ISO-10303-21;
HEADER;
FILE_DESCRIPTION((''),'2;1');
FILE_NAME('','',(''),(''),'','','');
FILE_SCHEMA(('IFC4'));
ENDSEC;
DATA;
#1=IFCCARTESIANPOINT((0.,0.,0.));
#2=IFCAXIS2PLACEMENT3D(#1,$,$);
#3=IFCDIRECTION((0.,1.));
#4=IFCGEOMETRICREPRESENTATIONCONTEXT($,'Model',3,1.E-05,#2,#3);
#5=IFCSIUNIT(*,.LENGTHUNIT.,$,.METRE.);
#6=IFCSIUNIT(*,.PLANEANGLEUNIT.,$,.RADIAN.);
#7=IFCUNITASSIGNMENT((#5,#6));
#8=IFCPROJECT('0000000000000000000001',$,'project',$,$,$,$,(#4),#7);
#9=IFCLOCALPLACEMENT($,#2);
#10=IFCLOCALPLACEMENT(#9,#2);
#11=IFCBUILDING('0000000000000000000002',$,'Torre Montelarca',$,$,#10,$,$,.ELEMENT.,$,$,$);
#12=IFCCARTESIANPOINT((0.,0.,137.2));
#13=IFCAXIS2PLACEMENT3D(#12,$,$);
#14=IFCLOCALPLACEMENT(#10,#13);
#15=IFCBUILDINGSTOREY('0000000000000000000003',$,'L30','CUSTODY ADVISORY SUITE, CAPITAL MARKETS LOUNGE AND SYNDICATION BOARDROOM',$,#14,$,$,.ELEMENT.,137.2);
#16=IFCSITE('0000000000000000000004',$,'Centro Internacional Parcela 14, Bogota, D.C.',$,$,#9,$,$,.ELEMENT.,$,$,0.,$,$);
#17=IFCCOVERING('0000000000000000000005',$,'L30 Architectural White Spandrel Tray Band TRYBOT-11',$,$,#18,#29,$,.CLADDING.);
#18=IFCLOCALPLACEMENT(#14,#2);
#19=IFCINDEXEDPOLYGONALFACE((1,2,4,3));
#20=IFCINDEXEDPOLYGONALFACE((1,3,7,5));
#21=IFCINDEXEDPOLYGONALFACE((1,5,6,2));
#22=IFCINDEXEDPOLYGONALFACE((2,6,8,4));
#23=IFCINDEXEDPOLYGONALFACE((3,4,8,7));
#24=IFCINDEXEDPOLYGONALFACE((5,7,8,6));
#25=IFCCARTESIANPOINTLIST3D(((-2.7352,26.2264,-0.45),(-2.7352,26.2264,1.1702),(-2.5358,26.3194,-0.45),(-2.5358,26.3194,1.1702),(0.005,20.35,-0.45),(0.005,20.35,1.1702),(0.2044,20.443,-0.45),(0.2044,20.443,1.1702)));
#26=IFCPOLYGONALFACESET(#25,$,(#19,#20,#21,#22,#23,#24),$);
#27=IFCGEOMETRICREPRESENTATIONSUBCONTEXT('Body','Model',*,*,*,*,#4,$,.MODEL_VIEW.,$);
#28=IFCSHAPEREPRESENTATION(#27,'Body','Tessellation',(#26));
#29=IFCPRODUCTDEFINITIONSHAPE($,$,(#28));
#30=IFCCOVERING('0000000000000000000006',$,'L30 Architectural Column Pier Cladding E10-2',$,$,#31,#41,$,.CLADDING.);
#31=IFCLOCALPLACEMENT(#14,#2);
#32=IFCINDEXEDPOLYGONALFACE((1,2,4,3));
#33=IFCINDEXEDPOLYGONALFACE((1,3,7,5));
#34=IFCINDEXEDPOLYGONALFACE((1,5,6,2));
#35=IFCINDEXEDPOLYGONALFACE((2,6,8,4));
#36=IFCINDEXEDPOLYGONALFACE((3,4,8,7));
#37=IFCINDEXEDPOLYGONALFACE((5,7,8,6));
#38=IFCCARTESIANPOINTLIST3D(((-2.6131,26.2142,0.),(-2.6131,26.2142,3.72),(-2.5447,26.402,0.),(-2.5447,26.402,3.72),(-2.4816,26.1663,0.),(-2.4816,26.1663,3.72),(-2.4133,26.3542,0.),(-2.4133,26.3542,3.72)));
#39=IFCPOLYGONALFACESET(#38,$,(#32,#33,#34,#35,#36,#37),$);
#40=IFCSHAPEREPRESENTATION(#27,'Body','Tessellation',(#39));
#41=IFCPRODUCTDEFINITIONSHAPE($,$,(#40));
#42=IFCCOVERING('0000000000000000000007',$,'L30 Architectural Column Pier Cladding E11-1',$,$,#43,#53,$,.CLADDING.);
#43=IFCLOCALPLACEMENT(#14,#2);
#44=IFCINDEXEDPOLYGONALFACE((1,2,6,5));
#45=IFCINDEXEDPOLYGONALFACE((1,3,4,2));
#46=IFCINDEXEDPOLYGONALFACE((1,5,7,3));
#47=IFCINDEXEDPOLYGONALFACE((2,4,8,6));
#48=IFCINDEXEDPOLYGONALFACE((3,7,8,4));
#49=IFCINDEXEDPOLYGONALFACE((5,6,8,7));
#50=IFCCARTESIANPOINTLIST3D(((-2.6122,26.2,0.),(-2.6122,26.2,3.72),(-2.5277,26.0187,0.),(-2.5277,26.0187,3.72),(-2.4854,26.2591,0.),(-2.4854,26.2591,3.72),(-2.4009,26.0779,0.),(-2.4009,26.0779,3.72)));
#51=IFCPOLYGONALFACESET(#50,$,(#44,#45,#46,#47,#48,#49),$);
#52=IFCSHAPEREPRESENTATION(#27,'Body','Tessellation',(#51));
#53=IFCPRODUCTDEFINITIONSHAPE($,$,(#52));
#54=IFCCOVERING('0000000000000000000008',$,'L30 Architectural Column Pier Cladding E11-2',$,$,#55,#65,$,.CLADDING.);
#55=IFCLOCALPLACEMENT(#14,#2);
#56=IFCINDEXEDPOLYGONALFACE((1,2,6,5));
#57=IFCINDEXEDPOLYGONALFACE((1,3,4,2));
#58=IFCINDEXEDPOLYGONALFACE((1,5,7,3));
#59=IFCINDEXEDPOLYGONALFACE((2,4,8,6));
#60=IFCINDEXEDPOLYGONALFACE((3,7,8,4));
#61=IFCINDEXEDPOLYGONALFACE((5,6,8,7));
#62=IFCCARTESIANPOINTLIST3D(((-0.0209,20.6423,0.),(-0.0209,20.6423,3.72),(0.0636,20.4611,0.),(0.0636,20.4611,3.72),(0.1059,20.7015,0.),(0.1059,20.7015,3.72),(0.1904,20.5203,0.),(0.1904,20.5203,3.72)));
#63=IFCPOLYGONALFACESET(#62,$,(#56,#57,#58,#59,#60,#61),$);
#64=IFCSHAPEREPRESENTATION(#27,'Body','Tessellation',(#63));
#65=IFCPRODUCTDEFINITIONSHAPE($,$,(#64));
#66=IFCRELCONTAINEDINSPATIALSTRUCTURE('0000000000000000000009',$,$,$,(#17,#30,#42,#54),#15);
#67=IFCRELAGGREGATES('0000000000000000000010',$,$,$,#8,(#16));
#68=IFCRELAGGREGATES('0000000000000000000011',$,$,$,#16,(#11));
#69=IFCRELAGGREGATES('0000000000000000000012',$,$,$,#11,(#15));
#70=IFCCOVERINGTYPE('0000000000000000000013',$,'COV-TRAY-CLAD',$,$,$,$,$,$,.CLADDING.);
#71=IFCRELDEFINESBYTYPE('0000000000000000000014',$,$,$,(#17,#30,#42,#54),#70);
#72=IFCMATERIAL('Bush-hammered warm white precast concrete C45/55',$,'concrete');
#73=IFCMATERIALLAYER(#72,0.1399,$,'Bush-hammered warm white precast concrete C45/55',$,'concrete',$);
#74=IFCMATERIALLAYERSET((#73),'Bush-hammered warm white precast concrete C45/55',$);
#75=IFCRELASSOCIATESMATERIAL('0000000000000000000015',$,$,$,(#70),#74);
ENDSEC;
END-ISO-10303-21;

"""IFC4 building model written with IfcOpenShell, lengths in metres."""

from ifc_helpers import new_model, si_unit, direction, frame, origin, origin_2d, place, context, subcontext, project, spatial, rectangle, extrude, source, transform, mapped, material, layer, layer_set, type_object, element, save


model = new_model("IFC4")

# Units and contexts
model_context = context("Model", 3, precision=1e-05, world=origin(), true_north=direction((0.0, 1.0)))
body_context = subcontext(model_context, "Body", "Model", "MODEL_VIEW")
ifc_project = project(units=[si_unit("LENGTHUNIT", "METRE"), si_unit("PLANEANGLEUNIT", "RADIAN")], contexts=[model_context])

# Site, building, storey
site_placement = place(None, origin())
site = spatial("IfcSite", under=ifc_project, at=site_placement, Name="Centro Internacional Parcela 14, Bogota, D.C.", CompositionType="ELEMENT", RefElevation=0.0)
building_placement = place(site_placement, origin())
building = spatial("IfcBuilding", under=site, at=building_placement, Name="Torre Montelarca", CompositionType="ELEMENT")
storey_placement = place(building_placement, frame((0.0, 0.0, 137.2)))
storey = spatial("IfcBuildingStorey", under=building, at=storey_placement, Name="L30", Description="CUSTODY ADVISORY SUITE, CAPITAL MARKETS LOUNGE AND SYNDICATION BOARDROOM", CompositionType="ELEMENT", Elevation=137.2)

# Coverings
ifc_material_1 = material(Name="Bush-hammered warm white precast concrete C45/55", Category="concrete")
ifc_layer_1 = layer(ifc_material_1, 0.1399, Name="Bush-hammered warm white precast concrete C45/55", Category="concrete")
ifc_layer_set_1 = layer_set([ifc_layer_1], Name="Bush-hammered warm white precast concrete C45/55")
covering_type = type_object("IfcCoveringType", Name="COV-TRAY-CLAD", PredefinedType="CLADDING", material=ifc_layer_set_1)
shared_shape_1 = source(origin(), body_context, "Body", "SweptSolid", [
    extrude(rectangle(XDim=6.4839, YDim=0.22, at=origin_2d()), origin(), (0.0, 0.0, 1.0), 1.6201),
])
covering_placement = place(storey_placement, frame((-1.2654, 23.3347, -0.45), z_axis=(0.0, 0.0, 1.0), x_axis=(0.422615, -0.906309, 0.0)))
element("IfcCovering", 1, at=covering_placement, inside=storey, type_object=covering_type, Name="L30 Architectural White Spandrel Tray Band TRYBOT-11", PredefinedType="CLADDING", context=body_context, shape_type="MappedRepresentation", body=[
    mapped(shared_shape_1, transform((0.0, 0.0, 0.0), scale=1.0)),
])
shared_shape_2 = source(origin(), body_context, "Body", "SweptSolid", [
    extrude(rectangle(XDim=0.2, YDim=0.1399, at=origin_2d()), origin(), (0.0, 0.0, 1.0), 3.72),
])
for number, where, z_axis, x_axis, name in (
    (2, (-2.5132, 26.2842, 0.0), (0.0, 0.0, 1.0), (-0.342019, -0.939693, 0.0), "L30 Architectural Column Pier Cladding E10-2"),
    (3, (-2.5066, 26.1389, 0.0), (0.0, 0.0, 1.0), (0.422612, -0.906311, 0.0), "L30 Architectural Column Pier Cladding E11-1"),
    (4, (0.0847, 20.5813, 0.0), (0.0, 0.0, 1.0), (0.422612, -0.906311, 0.0), "L30 Architectural Column Pier Cladding E11-2"),
):
    element("IfcCovering", number, at=place(storey_placement, frame(where, z_axis=z_axis, x_axis=x_axis)), inside=storey, type_object=covering_type, Name=name, PredefinedType="CLADDING", context=body_context, shape_type="MappedRepresentation", body=[
        mapped(shared_shape_2, transform((0.0, 0.0, 0.0), scale=1.0)),
    ])

save(model, "model.ifc")
